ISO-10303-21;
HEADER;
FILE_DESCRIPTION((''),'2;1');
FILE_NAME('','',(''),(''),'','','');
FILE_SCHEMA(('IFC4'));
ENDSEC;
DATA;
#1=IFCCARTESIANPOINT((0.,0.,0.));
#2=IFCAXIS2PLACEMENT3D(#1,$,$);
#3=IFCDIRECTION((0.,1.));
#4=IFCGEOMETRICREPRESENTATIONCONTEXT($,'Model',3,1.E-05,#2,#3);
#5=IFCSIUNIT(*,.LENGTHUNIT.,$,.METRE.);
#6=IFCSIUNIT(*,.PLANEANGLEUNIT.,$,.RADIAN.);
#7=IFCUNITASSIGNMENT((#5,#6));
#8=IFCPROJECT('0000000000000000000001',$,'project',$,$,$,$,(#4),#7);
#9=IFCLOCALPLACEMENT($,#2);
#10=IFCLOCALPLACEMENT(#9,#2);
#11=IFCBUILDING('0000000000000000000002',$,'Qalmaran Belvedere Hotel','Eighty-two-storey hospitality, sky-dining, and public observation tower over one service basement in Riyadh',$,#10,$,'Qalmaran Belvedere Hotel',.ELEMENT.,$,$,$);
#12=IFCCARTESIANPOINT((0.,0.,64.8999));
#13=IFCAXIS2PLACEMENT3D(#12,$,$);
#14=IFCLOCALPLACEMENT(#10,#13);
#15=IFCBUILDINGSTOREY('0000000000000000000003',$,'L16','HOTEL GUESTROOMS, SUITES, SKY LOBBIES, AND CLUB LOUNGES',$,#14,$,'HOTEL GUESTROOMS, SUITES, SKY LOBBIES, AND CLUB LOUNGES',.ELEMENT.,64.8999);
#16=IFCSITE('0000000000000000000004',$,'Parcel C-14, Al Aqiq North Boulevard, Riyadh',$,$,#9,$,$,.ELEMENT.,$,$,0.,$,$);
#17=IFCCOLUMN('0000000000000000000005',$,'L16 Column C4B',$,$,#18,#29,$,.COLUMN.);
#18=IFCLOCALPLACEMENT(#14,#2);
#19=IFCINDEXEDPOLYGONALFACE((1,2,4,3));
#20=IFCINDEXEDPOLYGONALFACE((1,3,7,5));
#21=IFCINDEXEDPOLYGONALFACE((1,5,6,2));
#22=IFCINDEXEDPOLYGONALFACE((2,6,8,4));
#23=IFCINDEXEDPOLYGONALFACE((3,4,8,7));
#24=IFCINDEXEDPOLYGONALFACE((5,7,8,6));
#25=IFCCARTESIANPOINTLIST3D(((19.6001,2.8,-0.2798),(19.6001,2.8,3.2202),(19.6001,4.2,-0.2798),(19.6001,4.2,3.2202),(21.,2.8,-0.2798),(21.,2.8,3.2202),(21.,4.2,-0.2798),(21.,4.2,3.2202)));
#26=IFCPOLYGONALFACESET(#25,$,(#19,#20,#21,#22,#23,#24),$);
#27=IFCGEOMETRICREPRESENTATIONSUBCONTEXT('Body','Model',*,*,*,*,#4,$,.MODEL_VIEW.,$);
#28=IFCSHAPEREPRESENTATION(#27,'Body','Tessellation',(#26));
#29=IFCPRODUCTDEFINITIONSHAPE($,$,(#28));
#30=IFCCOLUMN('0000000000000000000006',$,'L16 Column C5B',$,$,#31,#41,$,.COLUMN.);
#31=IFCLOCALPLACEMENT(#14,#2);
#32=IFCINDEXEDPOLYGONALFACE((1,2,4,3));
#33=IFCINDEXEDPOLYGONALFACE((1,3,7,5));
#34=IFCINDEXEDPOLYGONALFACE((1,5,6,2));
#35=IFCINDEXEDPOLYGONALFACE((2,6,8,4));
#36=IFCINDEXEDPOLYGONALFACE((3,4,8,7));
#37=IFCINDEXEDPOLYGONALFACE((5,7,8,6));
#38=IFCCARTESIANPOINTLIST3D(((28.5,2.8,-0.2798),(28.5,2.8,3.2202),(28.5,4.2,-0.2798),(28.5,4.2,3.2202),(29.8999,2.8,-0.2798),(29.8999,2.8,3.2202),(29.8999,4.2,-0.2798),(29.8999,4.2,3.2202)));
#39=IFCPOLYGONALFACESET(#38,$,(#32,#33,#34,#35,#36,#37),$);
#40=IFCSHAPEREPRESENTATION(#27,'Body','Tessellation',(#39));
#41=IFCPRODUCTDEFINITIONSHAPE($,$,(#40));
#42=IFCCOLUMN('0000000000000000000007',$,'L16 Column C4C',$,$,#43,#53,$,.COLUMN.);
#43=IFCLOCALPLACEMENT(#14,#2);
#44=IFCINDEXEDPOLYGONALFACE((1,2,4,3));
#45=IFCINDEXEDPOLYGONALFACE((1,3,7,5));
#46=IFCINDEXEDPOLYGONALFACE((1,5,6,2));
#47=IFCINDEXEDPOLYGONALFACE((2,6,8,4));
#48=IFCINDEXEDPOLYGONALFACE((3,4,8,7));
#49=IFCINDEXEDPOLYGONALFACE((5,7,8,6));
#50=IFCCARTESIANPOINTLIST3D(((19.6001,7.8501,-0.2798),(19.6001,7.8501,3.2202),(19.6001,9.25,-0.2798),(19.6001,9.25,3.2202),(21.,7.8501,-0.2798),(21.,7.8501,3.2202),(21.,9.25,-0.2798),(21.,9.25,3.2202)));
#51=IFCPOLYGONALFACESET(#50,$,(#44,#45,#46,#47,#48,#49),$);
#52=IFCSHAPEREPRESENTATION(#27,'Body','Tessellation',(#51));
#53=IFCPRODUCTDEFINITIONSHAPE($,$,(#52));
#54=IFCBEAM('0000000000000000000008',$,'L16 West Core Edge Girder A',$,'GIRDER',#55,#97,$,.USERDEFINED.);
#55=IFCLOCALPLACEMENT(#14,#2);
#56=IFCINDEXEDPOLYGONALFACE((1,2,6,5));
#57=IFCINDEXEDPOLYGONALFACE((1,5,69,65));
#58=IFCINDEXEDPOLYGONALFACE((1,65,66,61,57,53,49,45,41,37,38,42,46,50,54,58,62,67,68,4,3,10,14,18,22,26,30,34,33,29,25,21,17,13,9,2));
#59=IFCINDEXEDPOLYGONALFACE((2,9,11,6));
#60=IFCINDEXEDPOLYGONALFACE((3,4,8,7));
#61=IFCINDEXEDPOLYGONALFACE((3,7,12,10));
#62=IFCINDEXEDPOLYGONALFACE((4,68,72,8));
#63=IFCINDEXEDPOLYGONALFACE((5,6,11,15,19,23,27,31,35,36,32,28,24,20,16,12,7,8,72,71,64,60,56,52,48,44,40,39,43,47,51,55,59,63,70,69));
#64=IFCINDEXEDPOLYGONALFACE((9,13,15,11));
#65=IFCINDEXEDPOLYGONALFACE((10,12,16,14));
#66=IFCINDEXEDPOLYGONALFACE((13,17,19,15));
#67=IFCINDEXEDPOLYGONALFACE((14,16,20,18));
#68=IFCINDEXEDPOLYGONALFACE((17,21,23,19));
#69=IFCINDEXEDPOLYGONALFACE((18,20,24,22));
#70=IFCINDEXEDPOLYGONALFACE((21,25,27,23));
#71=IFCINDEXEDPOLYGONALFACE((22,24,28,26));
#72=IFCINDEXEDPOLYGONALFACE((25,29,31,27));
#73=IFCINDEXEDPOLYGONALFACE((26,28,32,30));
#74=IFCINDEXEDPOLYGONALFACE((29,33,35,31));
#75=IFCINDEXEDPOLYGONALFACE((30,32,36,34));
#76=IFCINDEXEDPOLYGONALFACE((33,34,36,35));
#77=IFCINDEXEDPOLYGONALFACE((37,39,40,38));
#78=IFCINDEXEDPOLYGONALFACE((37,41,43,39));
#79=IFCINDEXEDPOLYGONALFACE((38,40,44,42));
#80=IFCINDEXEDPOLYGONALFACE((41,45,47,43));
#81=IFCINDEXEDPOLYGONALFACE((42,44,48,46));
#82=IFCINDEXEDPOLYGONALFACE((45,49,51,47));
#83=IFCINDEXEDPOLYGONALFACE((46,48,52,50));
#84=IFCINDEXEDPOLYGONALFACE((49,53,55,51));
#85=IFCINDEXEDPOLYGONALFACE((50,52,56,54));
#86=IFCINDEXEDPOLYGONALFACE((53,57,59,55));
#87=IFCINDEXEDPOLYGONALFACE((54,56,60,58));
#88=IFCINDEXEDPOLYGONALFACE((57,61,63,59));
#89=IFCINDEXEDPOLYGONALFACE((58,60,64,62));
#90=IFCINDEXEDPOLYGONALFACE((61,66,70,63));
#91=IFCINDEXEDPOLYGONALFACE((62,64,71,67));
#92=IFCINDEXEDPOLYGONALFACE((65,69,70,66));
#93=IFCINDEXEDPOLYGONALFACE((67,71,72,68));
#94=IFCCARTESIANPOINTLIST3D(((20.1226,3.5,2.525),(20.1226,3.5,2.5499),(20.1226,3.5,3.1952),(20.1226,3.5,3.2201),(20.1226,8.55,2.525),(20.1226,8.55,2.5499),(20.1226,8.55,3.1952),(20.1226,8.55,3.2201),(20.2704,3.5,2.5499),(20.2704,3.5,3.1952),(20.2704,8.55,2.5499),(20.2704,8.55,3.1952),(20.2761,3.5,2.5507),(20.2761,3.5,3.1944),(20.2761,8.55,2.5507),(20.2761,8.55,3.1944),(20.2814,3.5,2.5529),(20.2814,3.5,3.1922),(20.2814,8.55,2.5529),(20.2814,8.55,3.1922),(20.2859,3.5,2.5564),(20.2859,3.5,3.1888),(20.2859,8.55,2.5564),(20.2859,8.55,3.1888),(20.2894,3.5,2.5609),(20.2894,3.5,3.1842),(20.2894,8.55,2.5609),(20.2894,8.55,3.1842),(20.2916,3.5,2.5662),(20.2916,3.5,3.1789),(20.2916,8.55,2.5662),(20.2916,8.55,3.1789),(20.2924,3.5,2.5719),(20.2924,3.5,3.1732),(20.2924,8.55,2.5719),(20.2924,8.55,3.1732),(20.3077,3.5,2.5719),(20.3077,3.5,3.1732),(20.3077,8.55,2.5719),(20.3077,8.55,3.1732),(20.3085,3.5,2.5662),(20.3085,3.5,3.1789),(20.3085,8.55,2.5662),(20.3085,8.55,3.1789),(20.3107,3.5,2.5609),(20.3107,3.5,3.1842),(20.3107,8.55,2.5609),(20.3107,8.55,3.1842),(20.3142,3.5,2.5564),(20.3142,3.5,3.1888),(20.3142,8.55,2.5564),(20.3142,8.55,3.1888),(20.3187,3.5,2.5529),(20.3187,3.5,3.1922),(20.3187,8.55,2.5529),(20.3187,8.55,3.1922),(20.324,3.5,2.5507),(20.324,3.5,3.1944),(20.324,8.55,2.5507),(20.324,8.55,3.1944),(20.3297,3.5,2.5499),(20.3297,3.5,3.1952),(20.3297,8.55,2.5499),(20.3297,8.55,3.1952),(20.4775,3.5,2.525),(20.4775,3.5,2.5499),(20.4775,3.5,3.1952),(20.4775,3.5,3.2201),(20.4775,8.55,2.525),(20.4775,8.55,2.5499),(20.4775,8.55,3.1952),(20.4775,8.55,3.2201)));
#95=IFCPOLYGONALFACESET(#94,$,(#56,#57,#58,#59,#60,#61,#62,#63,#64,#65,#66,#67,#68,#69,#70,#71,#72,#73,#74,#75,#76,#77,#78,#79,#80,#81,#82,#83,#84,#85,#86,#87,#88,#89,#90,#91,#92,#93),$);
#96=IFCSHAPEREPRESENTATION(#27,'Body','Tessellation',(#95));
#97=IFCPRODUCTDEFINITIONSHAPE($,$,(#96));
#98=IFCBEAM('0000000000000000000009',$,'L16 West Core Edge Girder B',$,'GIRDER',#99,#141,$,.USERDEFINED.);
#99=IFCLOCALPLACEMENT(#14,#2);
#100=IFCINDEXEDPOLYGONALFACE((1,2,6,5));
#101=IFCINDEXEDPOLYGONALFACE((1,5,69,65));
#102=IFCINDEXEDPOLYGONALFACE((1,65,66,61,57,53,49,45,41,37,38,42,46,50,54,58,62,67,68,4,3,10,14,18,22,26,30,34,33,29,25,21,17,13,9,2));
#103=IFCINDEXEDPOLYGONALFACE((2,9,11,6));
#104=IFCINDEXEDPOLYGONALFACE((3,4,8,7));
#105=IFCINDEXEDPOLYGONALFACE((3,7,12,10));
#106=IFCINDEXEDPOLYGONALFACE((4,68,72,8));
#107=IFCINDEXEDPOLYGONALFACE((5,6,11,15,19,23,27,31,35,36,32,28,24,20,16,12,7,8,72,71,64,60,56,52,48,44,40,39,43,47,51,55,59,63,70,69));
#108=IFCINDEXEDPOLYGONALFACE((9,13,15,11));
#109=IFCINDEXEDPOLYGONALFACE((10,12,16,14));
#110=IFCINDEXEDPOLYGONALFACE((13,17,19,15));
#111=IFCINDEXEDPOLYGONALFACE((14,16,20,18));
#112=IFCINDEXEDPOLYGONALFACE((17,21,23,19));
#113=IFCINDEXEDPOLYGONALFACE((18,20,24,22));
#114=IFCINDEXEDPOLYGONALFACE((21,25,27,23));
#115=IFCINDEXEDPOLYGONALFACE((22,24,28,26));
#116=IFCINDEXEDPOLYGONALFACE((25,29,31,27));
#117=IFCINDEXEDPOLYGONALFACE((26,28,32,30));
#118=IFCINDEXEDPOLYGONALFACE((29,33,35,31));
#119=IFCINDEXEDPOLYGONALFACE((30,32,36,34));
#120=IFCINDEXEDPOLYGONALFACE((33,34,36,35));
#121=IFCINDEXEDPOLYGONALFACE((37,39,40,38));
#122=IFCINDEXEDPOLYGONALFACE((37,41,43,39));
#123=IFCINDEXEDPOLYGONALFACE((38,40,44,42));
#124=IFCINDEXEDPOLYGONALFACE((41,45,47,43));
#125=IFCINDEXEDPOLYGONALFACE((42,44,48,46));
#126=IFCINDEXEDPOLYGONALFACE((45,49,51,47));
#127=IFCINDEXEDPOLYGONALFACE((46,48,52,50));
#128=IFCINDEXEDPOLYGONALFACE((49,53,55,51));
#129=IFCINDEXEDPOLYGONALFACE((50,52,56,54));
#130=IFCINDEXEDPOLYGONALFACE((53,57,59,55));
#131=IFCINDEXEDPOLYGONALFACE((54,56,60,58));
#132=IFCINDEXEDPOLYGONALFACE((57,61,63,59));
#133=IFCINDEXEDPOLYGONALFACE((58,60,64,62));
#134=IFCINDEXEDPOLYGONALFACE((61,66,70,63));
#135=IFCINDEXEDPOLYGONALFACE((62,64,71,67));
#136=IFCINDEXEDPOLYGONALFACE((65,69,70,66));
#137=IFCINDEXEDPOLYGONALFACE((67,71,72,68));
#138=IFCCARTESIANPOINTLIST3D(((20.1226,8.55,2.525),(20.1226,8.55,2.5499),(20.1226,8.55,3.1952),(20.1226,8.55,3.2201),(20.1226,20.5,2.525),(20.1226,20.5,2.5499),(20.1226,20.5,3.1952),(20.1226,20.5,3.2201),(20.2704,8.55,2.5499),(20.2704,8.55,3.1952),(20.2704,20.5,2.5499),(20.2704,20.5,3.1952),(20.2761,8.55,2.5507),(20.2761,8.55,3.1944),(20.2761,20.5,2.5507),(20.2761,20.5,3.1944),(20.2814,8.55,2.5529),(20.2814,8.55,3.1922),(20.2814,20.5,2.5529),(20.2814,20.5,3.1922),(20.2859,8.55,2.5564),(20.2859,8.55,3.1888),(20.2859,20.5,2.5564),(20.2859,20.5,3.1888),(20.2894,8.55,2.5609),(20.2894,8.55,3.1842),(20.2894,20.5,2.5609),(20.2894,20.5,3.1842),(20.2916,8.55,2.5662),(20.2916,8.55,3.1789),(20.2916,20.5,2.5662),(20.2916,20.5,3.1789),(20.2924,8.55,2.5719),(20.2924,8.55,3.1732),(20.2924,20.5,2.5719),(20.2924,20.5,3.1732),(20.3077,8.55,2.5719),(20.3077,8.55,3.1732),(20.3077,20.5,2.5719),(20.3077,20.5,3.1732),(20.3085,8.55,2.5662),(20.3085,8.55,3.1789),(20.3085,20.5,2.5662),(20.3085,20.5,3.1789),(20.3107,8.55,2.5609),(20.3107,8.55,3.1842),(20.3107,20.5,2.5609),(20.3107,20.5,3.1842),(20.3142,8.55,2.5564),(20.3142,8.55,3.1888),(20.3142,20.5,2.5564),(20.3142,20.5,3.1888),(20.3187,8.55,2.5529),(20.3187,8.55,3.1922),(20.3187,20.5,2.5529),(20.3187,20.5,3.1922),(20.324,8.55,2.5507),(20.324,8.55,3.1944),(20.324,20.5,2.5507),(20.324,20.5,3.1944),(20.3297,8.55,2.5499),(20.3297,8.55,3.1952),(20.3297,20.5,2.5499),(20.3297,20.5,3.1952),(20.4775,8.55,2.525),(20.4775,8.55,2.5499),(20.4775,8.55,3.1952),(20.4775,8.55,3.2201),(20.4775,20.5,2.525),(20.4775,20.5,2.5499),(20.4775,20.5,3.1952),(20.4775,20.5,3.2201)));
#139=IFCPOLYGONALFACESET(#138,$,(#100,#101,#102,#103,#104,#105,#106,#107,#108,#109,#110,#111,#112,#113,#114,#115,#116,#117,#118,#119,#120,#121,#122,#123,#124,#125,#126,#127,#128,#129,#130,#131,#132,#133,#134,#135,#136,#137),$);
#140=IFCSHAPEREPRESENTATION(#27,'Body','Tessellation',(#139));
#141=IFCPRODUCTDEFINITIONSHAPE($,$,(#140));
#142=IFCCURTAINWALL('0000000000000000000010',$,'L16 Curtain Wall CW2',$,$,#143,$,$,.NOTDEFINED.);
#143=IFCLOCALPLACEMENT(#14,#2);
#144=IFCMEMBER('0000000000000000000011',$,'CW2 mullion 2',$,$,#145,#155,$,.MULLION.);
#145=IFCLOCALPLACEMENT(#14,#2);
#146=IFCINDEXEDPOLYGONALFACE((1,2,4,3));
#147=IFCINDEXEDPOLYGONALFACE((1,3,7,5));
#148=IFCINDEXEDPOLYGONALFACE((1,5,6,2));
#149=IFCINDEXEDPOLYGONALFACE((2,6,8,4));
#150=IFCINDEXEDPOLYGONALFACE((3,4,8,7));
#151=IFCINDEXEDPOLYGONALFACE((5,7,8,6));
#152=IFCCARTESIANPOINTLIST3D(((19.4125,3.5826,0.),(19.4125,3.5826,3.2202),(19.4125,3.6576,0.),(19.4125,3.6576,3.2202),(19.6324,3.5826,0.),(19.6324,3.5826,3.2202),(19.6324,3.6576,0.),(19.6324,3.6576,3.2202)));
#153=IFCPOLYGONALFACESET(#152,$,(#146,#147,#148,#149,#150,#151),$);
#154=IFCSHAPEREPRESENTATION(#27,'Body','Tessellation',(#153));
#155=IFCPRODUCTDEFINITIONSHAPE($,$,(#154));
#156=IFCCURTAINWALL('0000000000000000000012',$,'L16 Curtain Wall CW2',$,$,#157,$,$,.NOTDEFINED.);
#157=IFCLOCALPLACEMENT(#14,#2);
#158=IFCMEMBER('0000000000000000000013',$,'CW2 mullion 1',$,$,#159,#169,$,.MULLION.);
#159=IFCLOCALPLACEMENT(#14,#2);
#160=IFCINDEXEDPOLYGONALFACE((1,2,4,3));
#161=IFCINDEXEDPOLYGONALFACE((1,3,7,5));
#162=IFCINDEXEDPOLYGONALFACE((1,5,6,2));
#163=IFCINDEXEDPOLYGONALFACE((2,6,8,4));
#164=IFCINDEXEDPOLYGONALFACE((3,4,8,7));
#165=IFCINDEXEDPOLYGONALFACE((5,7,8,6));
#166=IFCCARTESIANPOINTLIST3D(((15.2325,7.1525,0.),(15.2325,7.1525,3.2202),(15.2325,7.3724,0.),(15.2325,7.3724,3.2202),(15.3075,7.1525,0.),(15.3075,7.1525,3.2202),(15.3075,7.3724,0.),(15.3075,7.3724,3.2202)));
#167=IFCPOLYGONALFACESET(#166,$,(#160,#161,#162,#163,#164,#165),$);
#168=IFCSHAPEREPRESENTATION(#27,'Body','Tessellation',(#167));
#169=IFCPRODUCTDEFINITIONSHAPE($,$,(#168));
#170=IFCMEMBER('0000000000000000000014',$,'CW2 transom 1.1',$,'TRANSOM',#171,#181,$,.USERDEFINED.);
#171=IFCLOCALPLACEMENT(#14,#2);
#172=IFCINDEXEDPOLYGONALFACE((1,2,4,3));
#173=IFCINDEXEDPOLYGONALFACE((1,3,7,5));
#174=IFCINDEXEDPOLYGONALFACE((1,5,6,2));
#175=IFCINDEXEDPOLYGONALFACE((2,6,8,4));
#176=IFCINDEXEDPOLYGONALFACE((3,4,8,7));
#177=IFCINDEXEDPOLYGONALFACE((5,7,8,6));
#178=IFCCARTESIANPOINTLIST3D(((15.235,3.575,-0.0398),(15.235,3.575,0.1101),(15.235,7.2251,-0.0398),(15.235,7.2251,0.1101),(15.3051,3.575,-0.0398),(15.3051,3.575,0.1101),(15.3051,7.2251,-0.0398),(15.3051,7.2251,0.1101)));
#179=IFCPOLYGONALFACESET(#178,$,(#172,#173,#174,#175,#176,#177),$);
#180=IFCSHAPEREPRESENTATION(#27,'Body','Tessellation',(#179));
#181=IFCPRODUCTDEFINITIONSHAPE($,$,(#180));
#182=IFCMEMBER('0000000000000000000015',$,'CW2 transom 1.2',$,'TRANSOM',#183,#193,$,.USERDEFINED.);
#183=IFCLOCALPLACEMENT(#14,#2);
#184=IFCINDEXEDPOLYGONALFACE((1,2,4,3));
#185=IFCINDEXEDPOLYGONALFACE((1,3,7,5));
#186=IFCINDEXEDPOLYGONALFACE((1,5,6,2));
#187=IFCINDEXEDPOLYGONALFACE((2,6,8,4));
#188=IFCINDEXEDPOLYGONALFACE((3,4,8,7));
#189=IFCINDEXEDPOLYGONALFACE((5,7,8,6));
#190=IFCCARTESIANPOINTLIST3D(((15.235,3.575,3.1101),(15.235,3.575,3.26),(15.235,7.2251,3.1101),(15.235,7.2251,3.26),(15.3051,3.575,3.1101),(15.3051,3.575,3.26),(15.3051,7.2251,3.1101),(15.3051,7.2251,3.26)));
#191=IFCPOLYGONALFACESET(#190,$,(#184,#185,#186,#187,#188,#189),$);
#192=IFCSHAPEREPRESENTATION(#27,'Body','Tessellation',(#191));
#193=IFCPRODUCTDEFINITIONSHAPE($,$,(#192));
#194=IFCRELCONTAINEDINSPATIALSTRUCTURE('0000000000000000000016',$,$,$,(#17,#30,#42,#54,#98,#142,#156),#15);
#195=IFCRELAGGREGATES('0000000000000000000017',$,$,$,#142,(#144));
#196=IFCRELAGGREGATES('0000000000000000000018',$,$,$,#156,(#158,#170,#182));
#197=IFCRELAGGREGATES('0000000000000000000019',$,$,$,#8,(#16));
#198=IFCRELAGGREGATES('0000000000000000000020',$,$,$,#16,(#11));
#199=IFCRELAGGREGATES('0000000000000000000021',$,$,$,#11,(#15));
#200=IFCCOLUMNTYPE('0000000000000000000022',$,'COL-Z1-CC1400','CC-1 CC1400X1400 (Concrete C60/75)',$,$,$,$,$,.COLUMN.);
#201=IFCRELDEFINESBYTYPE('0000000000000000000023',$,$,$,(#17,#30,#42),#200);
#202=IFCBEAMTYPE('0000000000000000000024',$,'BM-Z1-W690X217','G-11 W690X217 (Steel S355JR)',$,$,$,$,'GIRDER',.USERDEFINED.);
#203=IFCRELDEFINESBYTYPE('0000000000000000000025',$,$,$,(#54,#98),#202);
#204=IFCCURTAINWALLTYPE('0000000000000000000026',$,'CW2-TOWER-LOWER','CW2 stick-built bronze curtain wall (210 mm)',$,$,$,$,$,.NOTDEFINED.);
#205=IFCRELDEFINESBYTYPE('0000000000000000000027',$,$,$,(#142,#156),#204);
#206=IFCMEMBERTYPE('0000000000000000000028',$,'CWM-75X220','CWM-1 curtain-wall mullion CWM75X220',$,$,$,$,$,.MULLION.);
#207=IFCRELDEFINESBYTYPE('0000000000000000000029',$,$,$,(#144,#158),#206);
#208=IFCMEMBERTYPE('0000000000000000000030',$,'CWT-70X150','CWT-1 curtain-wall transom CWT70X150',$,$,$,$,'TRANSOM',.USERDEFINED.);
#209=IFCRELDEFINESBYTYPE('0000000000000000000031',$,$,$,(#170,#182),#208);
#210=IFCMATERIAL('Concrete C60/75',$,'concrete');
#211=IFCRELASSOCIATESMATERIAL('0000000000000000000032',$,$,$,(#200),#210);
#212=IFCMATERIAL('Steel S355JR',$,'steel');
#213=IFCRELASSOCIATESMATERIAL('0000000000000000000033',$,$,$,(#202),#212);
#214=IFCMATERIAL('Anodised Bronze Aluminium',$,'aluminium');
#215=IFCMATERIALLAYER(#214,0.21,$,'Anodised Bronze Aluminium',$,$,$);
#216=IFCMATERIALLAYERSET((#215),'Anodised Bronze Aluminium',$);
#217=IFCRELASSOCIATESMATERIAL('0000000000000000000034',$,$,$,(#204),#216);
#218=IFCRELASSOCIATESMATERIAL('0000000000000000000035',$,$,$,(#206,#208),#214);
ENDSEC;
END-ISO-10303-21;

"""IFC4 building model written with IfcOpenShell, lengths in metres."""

from ifc_helpers import new_model, si_unit, direction, frame, origin, origin_2d, place, context, subcontext, project, spatial, rectangle, i_section, extrude, material, layer, layer_set, material_profile, profile_set, type_object, element, aggregate, save


model = new_model("IFC4")

# Units and contexts
model_context = context("Model", 3, precision=1e-05, world=origin(), true_north=direction((0.0, 1.0)))
body_context = subcontext(model_context, "Body", "Model", "MODEL_VIEW")
ifc_project = project(units=[si_unit("LENGTHUNIT", "METRE"), si_unit("PLANEANGLEUNIT", "RADIAN")], contexts=[model_context])

# Site, building, storey
site_placement = place(None, origin())
site = spatial("IfcSite", under=ifc_project, at=site_placement, Name="Parcel C-14, Al Aqiq North Boulevard, Riyadh", CompositionType="ELEMENT", RefElevation=0.0)
building_placement = place(site_placement, origin())
building = spatial("IfcBuilding", under=site, at=building_placement, Name="Qalmaran Belvedere Hotel", Description="Eighty-two-storey hospitality, sky-dining, and public observation tower over one service basement in Riyadh", LongName="Qalmaran Belvedere Hotel", CompositionType="ELEMENT")
storey_placement = place(building_placement, frame((0.0, 0.0, 64.8999)))
storey = spatial("IfcBuildingStorey", under=building, at=storey_placement, Name="L16", Description="HOTEL GUESTROOMS, SUITES, SKY LOBBIES, AND CLUB LOUNGES", LongName="HOTEL GUESTROOMS, SUITES, SKY LOBBIES, AND CLUB LOUNGES", CompositionType="ELEMENT", Elevation=64.8999)

# Columns
ifc_material_1 = material(Name="Concrete C60/75", Category="concrete")
ifc_material_profile_1 = material_profile(ifc_material_1, rectangle(XDim=1.3999, YDim=1.3999, at=origin_2d()), Name="CC1400X1400")
ifc_profile_set_1 = profile_set([ifc_material_profile_1], Name="Concrete C60/75")
column_type = type_object("IfcColumnType", Name="COL-Z1-CC1400", Description="CC-1 CC1400X1400 (Concrete C60/75)", PredefinedType="COLUMN", material=ifc_profile_set_1)
for number, where, z_axis, x_axis, name in (
    (1, (20.3, 3.5, -0.2798), (0.0, 0.0, 1.0), (1.0, 0.0, 0.0), "L16 Column C4B"),
    (2, (29.2, 3.5, -0.2798), (0.0, 0.0, 1.0), (1.0, 0.0, 0.0), "L16 Column C5B"),
    (3, (20.3, 8.55, -0.2798), (0.0, 0.0, 1.0), (1.0, 0.0, 0.0), "L16 Column C4C"),
):
    element("IfcColumn", number, at=place(storey_placement, frame(where, z_axis=z_axis, x_axis=x_axis)), inside=storey, type_object=column_type, Name=name, PredefinedType="COLUMN", context=body_context, shape_type="SweptSolid", body=[
        extrude(rectangle(XDim=1.3999, YDim=1.3999, at=origin_2d()), origin(), (0.0, 0.0, 1.0), 3.5),
    ])

# Beams
ifc_material_2 = material(Name="Steel S355JR", Category="steel")
ifc_material_profile_2 = material_profile(ifc_material_2, i_section(OverallWidth=0.355, OverallDepth=0.6951, WebThickness=0.0154, FlangeThickness=0.0249, FilletRadius=0.022, at=origin_2d()), Name="W690X217")
ifc_profile_set_2 = profile_set([ifc_material_profile_2], Name="Steel S355JR")
beam_type = type_object("IfcBeamType", Name="BM-Z1-W690X217", Description="G-11 W690X217 (Steel S355JR)", ElementType="GIRDER", PredefinedType="USERDEFINED", material=ifc_profile_set_2)
beam_1_placement = place(storey_placement, frame((20.3, 3.5, 2.8726), z_axis=(0.0, 1.0, 0.0), x_axis=(-1.0, 0.0, 0.0)))
element("IfcBeam", 4, at=beam_1_placement, inside=storey, type_object=beam_type, Name="L16 West Core Edge Girder A", ObjectType="GIRDER", PredefinedType="USERDEFINED", context=body_context, shape_type="SweptSolid", body=[
    extrude(i_section(OverallWidth=0.355, OverallDepth=0.6951, WebThickness=0.0154, FlangeThickness=0.0249, FilletRadius=0.022, at=origin_2d()), origin(), (0.0, 0.0, 1.0), 5.05),
])
beam_2_placement = place(storey_placement, frame((20.3, 8.55, 2.8726), z_axis=(0.0, 1.0, 0.0), x_axis=(-1.0, 0.0, 0.0)))
element("IfcBeam", 5, at=beam_2_placement, inside=storey, type_object=beam_type, Name="L16 West Core Edge Girder B", ObjectType="GIRDER", PredefinedType="USERDEFINED", context=body_context, shape_type="SweptSolid", body=[
    extrude(i_section(OverallWidth=0.355, OverallDepth=0.6951, WebThickness=0.0154, FlangeThickness=0.0249, FilletRadius=0.022, at=origin_2d()), origin(), (0.0, 0.0, 1.0), 11.95),
])

# Curtain wall, member
ifc_material_3 = material(Name="Anodised Bronze Aluminium", Category="aluminium")
ifc_layer_1 = layer(ifc_material_3, 0.21, Name="Anodised Bronze Aluminium")
ifc_layer_set_1 = layer_set([ifc_layer_1], Name="Anodised Bronze Aluminium")
curtain_wall_type = type_object("IfcCurtainWallType", Name="CW2-TOWER-LOWER", Description="CW2 stick-built bronze curtain wall (210 mm)", PredefinedType="NOTDEFINED", material=ifc_layer_set_1)
curtain_wall_1_placement = place(storey_placement, origin())
curtain_wall_1 = element("IfcCurtainWall", 6, at=curtain_wall_1_placement, inside=storey, type_object=curtain_wall_type, Name="L16 Curtain Wall CW2", PredefinedType="NOTDEFINED")
ifc_material_profile_3 = material_profile(ifc_material_3, rectangle(XDim=0.075, YDim=0.22, at=origin_2d()), Name="CWM75X220")
ifc_profile_set_3 = profile_set([ifc_material_profile_3], Name="Anodised Bronze Aluminium")
member_type_1 = type_object("IfcMemberType", Name="CWM-75X220", Description="CWM-1 curtain-wall mullion CWM75X220", PredefinedType="MULLION", material=ifc_profile_set_3)
member_1_placement = place(storey_placement, frame((19.5225, 3.6201, 0.0), z_axis=(0.0, 0.0, 1.0), x_axis=(0.0, 1.0, 0.0)))
member_1 = element("IfcMember", 7, at=member_1_placement, type_object=member_type_1, Name="CW2 mullion 2", PredefinedType="MULLION", context=body_context, shape_type="SweptSolid", body=[
    extrude(rectangle(XDim=0.075, YDim=0.22, at=origin_2d()), origin(), (0.0, 0.0, 1.0), 3.2202),
])

# Curtain wall, members
curtain_wall_2_placement = place(storey_placement, origin())
curtain_wall_2 = element("IfcCurtainWall", 8, at=curtain_wall_2_placement, inside=storey, type_object=curtain_wall_type, Name="L16 Curtain Wall CW2", PredefinedType="NOTDEFINED")
member_2_placement = place(storey_placement, frame((15.27, 7.2625, 0.0), z_axis=(0.0, 0.0, 1.0), x_axis=(1.0, 0.0, 0.0)))
member_2 = element("IfcMember", 9, at=member_2_placement, type_object=member_type_1, Name="CW2 mullion 1", PredefinedType="MULLION", context=body_context, shape_type="SweptSolid", body=[
    extrude(rectangle(XDim=0.075, YDim=0.22, at=origin_2d()), origin(), (0.0, 0.0, 1.0), 3.2202),
])
ifc_material_profile_4 = material_profile(ifc_material_3, rectangle(XDim=0.0701, YDim=0.1499, at=origin_2d()), Name="CWT70X150")
ifc_profile_set_4 = profile_set([ifc_material_profile_4], Name="Anodised Bronze Aluminium")
member_type_2 = type_object("IfcMemberType", Name="CWT-70X150", Description="CWT-1 curtain-wall transom CWT70X150", ElementType="TRANSOM", PredefinedType="USERDEFINED", material=ifc_profile_set_4)
member_3_placement = place(storey_placement, frame((15.27, 7.2251, 0.0352), z_axis=(0.0, -1.0, 0.0), x_axis=(1.0, 0.0, 0.0)))
member_3 = element("IfcMember", 10, at=member_3_placement, type_object=member_type_2, Name="CW2 transom 1.1", ObjectType="TRANSOM", PredefinedType="USERDEFINED", context=body_context, shape_type="SweptSolid", body=[
    extrude(rectangle(XDim=0.0701, YDim=0.1499, at=origin_2d()), origin(), (0.0, 0.0, 1.0), 3.6501),
])
member_4_placement = place(storey_placement, frame((15.27, 7.2251, 3.1851), z_axis=(0.0, -1.0, 0.0), x_axis=(1.0, 0.0, 0.0)))
member_4 = element("IfcMember", 11, at=member_4_placement, type_object=member_type_2, Name="CW2 transom 1.2", ObjectType="TRANSOM", PredefinedType="USERDEFINED", context=body_context, shape_type="SweptSolid", body=[
    extrude(rectangle(XDim=0.0701, YDim=0.1499, at=origin_2d()), origin(), (0.0, 0.0, 1.0), 3.6501),
])

aggregate(curtain_wall_1, [member_1])
aggregate(curtain_wall_2, [member_2, member_3, member_4])

save(model, "model.ifc")
